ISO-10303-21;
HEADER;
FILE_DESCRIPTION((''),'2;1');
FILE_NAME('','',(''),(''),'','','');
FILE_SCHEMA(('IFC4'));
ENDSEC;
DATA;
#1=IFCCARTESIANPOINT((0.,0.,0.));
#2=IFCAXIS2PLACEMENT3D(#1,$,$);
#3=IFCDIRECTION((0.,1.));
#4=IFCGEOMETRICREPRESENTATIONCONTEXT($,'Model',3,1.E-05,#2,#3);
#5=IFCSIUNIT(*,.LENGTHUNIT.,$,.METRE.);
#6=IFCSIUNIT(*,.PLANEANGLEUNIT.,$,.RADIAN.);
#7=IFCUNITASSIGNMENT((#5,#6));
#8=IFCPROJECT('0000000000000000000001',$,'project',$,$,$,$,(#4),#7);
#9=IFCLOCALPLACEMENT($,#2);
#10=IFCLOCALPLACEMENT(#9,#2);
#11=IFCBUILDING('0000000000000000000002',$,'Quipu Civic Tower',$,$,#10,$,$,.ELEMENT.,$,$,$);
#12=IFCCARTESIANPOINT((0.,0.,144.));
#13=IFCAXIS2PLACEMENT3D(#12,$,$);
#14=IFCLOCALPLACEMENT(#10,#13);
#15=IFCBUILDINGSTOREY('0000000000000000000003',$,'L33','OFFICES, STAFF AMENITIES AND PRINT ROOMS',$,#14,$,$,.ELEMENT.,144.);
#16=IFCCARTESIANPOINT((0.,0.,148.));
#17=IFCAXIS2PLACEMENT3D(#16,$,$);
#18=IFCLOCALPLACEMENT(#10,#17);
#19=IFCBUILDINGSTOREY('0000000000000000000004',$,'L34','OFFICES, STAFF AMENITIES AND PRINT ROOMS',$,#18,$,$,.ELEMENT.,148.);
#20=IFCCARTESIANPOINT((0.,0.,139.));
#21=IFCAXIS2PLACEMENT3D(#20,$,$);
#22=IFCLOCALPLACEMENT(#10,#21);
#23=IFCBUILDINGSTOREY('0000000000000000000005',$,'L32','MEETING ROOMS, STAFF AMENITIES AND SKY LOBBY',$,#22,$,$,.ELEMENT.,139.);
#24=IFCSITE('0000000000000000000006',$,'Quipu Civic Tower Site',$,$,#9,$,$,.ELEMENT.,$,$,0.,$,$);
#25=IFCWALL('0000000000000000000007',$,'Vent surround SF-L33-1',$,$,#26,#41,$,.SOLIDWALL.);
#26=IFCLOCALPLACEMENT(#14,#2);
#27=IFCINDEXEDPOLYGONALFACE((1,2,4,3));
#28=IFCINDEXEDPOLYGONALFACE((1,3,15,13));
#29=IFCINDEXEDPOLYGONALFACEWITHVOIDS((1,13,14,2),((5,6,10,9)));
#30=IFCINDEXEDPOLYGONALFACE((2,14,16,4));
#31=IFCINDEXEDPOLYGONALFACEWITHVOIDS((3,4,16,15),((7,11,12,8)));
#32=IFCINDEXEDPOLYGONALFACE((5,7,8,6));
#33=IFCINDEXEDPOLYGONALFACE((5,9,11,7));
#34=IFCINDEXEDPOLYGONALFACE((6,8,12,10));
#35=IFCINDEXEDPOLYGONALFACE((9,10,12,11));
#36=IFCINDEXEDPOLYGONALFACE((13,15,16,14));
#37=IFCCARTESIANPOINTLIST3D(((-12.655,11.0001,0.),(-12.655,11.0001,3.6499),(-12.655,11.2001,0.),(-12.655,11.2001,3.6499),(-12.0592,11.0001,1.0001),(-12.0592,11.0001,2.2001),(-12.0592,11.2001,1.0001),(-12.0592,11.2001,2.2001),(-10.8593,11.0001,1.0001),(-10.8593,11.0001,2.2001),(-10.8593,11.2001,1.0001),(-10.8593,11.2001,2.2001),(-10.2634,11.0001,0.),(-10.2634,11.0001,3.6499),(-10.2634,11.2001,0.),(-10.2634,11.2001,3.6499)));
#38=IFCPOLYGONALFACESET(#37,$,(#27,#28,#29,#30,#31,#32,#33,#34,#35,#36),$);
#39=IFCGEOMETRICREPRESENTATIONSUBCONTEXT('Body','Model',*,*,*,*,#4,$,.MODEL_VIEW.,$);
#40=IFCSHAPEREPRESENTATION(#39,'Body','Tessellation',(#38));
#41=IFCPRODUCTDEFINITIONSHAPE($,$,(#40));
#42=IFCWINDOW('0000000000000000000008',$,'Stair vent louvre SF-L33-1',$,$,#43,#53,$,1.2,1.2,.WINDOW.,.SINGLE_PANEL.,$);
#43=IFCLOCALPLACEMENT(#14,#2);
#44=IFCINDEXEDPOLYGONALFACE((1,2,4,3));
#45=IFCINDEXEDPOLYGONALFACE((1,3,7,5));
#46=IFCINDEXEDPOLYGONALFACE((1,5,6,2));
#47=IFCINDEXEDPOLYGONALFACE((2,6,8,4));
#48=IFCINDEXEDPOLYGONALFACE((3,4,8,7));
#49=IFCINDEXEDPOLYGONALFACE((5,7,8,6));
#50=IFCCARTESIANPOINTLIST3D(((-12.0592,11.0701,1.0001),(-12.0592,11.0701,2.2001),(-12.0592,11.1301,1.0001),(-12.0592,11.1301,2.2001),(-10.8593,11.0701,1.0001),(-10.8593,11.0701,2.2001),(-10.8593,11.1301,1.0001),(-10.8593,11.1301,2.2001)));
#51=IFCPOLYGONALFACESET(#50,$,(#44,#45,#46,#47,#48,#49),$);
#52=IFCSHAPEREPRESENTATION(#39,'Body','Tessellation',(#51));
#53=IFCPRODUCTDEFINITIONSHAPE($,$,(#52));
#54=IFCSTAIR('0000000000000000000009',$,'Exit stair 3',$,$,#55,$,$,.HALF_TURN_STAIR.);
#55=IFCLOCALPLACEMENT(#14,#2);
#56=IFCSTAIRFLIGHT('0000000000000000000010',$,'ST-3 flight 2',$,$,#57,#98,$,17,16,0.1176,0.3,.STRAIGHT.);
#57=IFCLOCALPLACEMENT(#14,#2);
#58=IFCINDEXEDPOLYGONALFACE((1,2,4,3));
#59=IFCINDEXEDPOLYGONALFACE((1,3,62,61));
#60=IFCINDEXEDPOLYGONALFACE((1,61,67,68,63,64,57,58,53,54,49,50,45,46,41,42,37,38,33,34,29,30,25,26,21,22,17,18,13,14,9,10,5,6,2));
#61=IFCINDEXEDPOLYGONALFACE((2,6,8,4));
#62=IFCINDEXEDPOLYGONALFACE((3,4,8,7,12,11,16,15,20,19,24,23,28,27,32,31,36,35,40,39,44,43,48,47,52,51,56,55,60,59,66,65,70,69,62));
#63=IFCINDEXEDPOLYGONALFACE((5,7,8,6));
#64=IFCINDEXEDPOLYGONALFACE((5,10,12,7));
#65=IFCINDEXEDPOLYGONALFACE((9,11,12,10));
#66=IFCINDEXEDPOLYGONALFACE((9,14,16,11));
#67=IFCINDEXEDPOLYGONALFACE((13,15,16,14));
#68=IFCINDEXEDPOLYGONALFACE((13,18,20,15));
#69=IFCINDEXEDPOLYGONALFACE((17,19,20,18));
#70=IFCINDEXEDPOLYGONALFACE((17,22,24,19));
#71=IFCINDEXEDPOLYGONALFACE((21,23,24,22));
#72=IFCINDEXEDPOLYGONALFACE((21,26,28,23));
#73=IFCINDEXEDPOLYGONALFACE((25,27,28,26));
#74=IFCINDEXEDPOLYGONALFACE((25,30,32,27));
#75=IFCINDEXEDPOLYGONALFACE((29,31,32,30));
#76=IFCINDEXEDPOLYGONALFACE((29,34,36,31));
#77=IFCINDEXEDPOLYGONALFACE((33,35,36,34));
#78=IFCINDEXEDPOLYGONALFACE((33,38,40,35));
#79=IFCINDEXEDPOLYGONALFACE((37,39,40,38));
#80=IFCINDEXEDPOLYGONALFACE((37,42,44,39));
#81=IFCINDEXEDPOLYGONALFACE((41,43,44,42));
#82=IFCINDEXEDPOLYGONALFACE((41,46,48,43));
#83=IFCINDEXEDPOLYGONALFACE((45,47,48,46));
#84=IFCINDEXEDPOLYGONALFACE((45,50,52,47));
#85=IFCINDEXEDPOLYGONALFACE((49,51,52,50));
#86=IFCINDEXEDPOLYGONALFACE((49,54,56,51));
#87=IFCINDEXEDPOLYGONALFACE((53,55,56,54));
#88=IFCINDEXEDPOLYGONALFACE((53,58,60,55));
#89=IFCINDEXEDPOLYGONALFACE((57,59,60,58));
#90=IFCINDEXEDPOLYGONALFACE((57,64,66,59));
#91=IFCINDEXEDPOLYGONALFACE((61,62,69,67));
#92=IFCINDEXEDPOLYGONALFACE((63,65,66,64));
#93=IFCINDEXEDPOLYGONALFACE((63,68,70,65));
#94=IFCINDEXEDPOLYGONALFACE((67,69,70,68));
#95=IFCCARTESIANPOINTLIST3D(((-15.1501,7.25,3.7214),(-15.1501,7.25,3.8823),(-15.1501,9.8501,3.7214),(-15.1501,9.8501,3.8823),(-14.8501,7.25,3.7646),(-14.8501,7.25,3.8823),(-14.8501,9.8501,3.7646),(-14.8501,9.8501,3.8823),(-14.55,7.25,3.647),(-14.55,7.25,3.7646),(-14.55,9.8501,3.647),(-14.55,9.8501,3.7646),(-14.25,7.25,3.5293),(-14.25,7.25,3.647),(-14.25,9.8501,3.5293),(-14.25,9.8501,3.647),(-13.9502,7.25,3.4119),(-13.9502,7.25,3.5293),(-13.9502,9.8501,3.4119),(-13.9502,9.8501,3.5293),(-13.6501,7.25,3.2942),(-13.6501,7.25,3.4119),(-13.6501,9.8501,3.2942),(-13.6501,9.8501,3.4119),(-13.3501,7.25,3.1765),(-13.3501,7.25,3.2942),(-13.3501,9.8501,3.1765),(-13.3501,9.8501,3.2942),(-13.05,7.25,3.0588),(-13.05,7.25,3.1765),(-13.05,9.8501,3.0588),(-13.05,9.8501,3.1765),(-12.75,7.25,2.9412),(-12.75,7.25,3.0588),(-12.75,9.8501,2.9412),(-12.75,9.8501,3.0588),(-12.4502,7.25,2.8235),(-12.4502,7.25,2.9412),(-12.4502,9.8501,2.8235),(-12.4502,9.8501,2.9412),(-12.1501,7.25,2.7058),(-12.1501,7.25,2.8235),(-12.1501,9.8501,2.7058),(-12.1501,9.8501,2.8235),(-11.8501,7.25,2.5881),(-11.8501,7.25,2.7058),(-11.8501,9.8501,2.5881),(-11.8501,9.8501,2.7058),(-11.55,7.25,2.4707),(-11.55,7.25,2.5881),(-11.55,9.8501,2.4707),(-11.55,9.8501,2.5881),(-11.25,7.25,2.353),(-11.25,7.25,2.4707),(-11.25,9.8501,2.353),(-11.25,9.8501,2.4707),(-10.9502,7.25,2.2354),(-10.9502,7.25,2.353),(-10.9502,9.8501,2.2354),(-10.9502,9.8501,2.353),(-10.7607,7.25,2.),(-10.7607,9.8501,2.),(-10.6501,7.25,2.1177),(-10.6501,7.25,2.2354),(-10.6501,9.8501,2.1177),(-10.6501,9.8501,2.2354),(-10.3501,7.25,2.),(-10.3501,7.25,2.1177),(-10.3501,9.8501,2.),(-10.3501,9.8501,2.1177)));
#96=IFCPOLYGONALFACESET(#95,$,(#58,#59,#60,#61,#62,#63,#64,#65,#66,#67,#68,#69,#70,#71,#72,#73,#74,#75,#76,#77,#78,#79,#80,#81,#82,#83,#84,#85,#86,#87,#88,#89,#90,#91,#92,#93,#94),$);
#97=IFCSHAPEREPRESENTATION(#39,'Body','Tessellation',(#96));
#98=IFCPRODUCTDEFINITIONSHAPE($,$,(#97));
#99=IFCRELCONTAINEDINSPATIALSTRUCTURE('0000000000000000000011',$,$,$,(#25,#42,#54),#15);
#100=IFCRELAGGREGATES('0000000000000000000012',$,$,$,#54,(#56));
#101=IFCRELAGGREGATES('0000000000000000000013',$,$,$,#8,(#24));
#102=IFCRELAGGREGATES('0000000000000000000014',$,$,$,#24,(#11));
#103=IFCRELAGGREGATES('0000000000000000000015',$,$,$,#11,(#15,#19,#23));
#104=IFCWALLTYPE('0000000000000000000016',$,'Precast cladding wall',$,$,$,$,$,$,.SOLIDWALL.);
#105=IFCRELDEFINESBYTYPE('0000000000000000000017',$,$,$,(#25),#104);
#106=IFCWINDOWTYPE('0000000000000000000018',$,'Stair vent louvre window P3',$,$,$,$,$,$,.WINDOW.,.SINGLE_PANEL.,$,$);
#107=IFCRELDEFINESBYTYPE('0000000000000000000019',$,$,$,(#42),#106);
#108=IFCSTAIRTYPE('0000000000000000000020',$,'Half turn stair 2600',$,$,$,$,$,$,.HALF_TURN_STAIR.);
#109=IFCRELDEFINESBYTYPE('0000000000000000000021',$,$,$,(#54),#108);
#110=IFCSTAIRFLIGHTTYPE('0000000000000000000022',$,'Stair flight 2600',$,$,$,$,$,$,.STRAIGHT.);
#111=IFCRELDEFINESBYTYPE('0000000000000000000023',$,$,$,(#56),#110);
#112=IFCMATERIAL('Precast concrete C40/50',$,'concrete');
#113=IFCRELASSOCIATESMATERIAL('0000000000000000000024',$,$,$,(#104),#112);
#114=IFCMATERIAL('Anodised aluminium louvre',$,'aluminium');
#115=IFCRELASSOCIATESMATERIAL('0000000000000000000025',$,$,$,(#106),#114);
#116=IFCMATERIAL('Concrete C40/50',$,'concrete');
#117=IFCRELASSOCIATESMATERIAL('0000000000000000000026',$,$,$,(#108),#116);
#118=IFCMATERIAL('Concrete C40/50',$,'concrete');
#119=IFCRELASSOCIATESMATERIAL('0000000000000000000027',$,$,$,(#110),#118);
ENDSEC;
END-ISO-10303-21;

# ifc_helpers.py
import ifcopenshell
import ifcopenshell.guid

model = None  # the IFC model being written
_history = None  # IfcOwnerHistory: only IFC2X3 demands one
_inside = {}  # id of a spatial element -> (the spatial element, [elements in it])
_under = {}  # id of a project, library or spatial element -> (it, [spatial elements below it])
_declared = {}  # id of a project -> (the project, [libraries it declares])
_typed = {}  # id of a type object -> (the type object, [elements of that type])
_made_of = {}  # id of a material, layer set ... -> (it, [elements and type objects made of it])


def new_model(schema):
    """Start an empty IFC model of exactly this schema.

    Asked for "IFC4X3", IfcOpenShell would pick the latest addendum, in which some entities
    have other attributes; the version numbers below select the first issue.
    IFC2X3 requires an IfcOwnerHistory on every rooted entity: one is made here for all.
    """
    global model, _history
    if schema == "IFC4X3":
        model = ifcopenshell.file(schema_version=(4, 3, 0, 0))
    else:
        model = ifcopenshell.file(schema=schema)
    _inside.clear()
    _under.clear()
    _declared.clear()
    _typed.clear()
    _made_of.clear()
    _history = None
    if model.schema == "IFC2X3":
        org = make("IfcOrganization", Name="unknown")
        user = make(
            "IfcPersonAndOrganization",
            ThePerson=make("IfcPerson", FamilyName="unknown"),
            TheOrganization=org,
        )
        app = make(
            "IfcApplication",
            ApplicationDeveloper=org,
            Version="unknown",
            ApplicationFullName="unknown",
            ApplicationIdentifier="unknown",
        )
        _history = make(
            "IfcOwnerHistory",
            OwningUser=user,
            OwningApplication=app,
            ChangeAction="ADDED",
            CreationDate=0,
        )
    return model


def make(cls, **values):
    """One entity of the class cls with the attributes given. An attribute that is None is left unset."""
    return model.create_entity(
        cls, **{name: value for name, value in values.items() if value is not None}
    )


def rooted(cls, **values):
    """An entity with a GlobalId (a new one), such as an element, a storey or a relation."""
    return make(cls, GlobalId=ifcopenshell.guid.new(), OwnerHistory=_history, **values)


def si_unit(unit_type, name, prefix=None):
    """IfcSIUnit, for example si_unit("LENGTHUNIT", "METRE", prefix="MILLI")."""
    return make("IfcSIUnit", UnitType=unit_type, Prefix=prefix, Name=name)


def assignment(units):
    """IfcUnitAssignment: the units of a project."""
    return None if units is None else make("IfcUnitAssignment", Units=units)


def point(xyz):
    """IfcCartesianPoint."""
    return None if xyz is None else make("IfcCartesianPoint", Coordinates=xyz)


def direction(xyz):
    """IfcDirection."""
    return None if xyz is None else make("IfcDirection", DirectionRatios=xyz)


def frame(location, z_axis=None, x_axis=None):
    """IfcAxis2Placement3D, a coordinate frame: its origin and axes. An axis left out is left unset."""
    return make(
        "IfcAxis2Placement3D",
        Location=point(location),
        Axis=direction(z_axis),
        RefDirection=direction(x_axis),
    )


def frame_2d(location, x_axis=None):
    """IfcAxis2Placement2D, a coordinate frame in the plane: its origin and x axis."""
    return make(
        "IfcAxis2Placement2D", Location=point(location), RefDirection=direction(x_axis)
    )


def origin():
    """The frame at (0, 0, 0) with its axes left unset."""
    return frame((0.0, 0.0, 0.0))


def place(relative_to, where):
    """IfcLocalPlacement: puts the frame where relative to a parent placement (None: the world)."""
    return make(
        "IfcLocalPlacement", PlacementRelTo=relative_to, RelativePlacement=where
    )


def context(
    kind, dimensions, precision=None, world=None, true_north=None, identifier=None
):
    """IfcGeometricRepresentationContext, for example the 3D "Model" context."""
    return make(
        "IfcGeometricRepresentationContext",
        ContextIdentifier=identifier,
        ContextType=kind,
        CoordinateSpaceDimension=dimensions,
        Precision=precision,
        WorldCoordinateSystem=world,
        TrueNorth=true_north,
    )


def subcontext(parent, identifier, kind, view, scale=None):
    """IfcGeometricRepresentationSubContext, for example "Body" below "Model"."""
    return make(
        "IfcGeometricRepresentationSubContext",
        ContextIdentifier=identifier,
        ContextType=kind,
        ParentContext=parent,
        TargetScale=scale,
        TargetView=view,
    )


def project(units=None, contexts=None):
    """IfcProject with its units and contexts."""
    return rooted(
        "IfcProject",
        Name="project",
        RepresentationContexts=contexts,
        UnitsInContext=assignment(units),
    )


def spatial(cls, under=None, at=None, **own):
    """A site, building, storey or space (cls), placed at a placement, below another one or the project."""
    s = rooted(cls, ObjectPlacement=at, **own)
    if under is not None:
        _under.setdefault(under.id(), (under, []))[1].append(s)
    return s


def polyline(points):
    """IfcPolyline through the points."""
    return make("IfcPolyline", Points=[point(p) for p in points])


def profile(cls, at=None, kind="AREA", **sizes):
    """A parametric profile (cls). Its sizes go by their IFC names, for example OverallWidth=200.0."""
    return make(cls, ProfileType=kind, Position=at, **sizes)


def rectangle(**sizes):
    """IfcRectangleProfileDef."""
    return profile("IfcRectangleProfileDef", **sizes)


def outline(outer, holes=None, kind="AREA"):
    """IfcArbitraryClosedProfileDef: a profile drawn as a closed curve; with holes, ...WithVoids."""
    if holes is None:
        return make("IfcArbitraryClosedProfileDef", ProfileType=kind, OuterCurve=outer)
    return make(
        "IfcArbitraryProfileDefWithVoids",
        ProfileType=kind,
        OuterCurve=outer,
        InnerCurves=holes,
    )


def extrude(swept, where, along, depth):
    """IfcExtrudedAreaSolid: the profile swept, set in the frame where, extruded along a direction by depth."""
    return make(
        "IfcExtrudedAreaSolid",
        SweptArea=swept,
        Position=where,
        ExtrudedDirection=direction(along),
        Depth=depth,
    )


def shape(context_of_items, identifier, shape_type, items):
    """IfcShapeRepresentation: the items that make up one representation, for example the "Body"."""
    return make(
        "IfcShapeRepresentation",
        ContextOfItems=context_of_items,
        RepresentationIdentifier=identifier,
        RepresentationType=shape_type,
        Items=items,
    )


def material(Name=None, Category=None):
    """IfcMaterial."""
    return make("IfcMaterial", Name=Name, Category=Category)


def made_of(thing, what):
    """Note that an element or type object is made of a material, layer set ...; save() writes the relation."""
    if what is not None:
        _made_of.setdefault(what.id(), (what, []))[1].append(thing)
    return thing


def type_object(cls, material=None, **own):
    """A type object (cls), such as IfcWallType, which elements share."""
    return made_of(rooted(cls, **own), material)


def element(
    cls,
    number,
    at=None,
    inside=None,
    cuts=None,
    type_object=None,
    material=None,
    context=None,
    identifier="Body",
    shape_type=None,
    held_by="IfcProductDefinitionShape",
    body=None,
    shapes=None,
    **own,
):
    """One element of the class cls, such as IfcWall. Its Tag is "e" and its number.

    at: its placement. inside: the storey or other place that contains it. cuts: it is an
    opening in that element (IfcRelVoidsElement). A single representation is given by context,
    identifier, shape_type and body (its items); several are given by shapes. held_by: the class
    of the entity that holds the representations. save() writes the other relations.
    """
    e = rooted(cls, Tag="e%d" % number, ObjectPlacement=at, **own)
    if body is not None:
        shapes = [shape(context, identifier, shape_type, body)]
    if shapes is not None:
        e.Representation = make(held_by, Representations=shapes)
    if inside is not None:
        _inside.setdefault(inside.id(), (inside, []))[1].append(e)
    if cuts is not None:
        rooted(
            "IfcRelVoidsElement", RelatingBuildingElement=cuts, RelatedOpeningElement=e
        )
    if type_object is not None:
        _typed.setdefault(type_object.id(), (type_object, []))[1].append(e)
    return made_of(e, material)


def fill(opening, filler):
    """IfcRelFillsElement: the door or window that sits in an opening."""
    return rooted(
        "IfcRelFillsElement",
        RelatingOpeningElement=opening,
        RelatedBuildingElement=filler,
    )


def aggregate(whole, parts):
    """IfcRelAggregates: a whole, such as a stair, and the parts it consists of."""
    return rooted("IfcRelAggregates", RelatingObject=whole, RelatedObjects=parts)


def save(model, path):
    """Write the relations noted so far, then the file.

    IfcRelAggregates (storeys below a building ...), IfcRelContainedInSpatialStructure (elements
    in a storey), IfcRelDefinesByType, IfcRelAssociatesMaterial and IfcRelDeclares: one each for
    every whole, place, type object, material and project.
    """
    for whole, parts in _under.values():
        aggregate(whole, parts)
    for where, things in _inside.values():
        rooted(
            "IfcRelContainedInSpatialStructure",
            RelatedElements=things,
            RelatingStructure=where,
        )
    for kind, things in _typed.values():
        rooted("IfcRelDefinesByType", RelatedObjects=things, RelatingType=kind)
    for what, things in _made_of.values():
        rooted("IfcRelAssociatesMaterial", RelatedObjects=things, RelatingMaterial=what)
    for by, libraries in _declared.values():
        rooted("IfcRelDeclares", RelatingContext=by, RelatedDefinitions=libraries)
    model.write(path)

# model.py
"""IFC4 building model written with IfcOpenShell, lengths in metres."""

from ifc_helpers import new_model, si_unit, direction, frame, frame_2d, origin, place, context, subcontext, project, spatial, polyline, rectangle, outline, extrude, material, type_object, element, fill, aggregate, save


model = new_model("IFC4")

# Units and contexts
model_context = context("Model", 3, precision=1e-05, world=origin(), true_north=direction((0.0, 1.0)))
body_context = subcontext(model_context, "Body", "Model", "MODEL_VIEW")
ifc_project = project(units=[si_unit("LENGTHUNIT", "METRE"), si_unit("PLANEANGLEUNIT", "RADIAN")], contexts=[model_context])

# Site, building, storey
site_placement = place(None, origin())
site = spatial("IfcSite", under=ifc_project, at=site_placement, Name="Quipu Civic Tower Site", CompositionType="ELEMENT", RefElevation=0.0)
building_placement = place(site_placement, origin())
building = spatial("IfcBuilding", under=site, at=building_placement, Name="Quipu Civic Tower", CompositionType="ELEMENT")
storey_1_placement = place(building_placement, frame((0.0, 0.0, 144.0)))
storey_1 = spatial("IfcBuildingStorey", under=building, at=storey_1_placement, Name="L33", Description="OFFICES, STAFF AMENITIES AND PRINT ROOMS", CompositionType="ELEMENT", Elevation=144.0)

# Shared definitions
storey_2_placement = place(building_placement, frame((0.0, 0.0, 148.0)))
storey_2 = spatial("IfcBuildingStorey", under=building, at=storey_2_placement, Name="L34", Description="OFFICES, STAFF AMENITIES AND PRINT ROOMS", CompositionType="ELEMENT", Elevation=148.0)

# Shared definitions
storey_3_placement = place(building_placement, frame((0.0, 0.0, 139.0)))
storey_3 = spatial("IfcBuildingStorey", under=building, at=storey_3_placement, Name="L32", Description="MEETING ROOMS, STAFF AMENITIES AND SKY LOBBY", CompositionType="ELEMENT", Elevation=139.0)

# Wall, opening, window
ifc_material_1 = material(Name="Precast concrete C40/50", Category="concrete")
wall_type_1 = type_object("IfcWallType", Name="Precast cladding wall", PredefinedType="SOLIDWALL", material=ifc_material_1)
wall_1_placement = place(storey_1_placement, frame((-10.2634, 11.1001, 0.0), z_axis=(0.0, 0.0, 1.0), x_axis=(-1.0, 0.0, 0.0)))
wall_1 = element("IfcWall", 1, at=wall_1_placement, inside=storey_1, type_object=wall_type_1, Name="Vent surround SF-L33-1", PredefinedType="SOLIDWALL", context=body_context, shape_type="SweptSolid", body=[
    extrude(rectangle(XDim=2.3916, YDim=0.2, at=frame_2d((1.1958, 0.0))), origin(), (0.0, 0.0, 1.0), 3.6499),
])
opening_1_placement = place(wall_1_placement, frame((0.5957, 0.0, 1.0)))
opening_1 = element("IfcOpeningElement", 2, at=opening_1_placement, cuts=wall_1, PredefinedType="OPENING", context=body_context, shape_type="SweptSolid", body=[
    extrude(rectangle(XDim=1.2, YDim=1.2, at=frame_2d((0.6001, 0.6001))), frame((0.0, 0.1099, 0.0), z_axis=(0.0, -1.0, 0.0), x_axis=(1.0, 0.0, 0.0)), (0.0, 0.0, 1.0), 0.22),
])
ifc_material_2 = material(Name="Anodised aluminium louvre", Category="aluminium")
window_type = type_object("IfcWindowType", Name="Stair vent louvre window P3", PartitioningType="SINGLE_PANEL", PredefinedType="WINDOW", material=ifc_material_2)
window_placement = place(opening_1_placement, origin())
window = element("IfcWindow", 3, at=window_placement, inside=storey_1, type_object=window_type, Name="Stair vent louvre SF-L33-1", OverallHeight=1.2, OverallWidth=1.2, PartitioningType="SINGLE_PANEL", PredefinedType="WINDOW", context=body_context, shape_type="SweptSolid", body=[
    extrude(rectangle(XDim=1.2, YDim=1.2, at=frame_2d((0.6001, 0.6001))), frame((0.0, 0.03, 0.0), z_axis=(0.0, -1.0, 0.0), x_axis=(1.0, 0.0, 0.0)), (0.0, 0.0, 1.0), 0.0601),
])
fill(opening_1, window)

# Stair, stair flight
ifc_material_3 = material(Name="Concrete C40/50", Category="concrete")
stair_type = type_object("IfcStairType", Name="Half turn stair 2600", PredefinedType="HALF_TURN_STAIR", material=ifc_material_3)
stair_placement = place(storey_1_placement, origin())
stair = element("IfcStair", 4, at=stair_placement, inside=storey_1, type_object=stair_type, Name="Exit stair 3", PredefinedType="HALF_TURN_STAIR")
ifc_material_4 = material(Name="Concrete C40/50", Category="concrete")
stair_flight_type = type_object("IfcStairFlightType", Name="Stair flight 2600", PredefinedType="STRAIGHT", material=ifc_material_4)
stair_flight_placement = place(storey_1_placement, frame((-10.3501, 8.55, 2.0), z_axis=(0.0, 0.0, 1.0), x_axis=(-1.0, 0.0, 0.0)))
stair_flight = element("IfcStairFlight", 5, at=stair_flight_placement, type_object=stair_flight_type, Name="ST-3 flight 2", NumberOfRisers=17, NumberOfTreads=16, PredefinedType="STRAIGHT", RiserHeight=0.1176, TreadLength=0.3, context=body_context, shape_type="SweptSolid", body=[
    extrude(outline(polyline([(0.0, 0.0), (0.0, 0.1177), (0.3, 0.1177), (0.3, 0.2354), (0.6001, 0.2354), (0.6001, 0.353), (0.8999, 0.353), (0.8999, 0.4707), (1.2, 0.4707), (1.2, 0.5881), (1.5, 0.5881), (1.5, 0.7058), (1.8, 0.7058), (1.8, 0.8235), (2.1001, 0.8235), (2.1001, 0.9412), (2.3999, 0.9412), (2.3999, 1.0588), (2.7, 1.0588), (2.7, 1.1765), (3.0, 1.1765), (3.0, 1.2942), (3.3, 1.2942), (3.3, 1.4119), (3.6001, 1.4119), (3.6001, 1.5293), (3.8999, 1.5293), (3.8999, 1.647), (4.2, 1.647), (4.2, 1.7646), (4.5, 1.7646), (4.5, 1.8823), (4.8, 1.8823), (4.8, 2.0), (4.8, 1.7214), (0.4106, 0.0), (0.0, 0.0)])), frame((0.0, 1.3, 0.0), z_axis=(0.0, -1.0, 0.0), x_axis=(1.0, 0.0, 0.0)), (0.0, 0.0, 1.0), 2.6001),
])
aggregate(stair, [stair_flight])

save(model, "model.ifc")
